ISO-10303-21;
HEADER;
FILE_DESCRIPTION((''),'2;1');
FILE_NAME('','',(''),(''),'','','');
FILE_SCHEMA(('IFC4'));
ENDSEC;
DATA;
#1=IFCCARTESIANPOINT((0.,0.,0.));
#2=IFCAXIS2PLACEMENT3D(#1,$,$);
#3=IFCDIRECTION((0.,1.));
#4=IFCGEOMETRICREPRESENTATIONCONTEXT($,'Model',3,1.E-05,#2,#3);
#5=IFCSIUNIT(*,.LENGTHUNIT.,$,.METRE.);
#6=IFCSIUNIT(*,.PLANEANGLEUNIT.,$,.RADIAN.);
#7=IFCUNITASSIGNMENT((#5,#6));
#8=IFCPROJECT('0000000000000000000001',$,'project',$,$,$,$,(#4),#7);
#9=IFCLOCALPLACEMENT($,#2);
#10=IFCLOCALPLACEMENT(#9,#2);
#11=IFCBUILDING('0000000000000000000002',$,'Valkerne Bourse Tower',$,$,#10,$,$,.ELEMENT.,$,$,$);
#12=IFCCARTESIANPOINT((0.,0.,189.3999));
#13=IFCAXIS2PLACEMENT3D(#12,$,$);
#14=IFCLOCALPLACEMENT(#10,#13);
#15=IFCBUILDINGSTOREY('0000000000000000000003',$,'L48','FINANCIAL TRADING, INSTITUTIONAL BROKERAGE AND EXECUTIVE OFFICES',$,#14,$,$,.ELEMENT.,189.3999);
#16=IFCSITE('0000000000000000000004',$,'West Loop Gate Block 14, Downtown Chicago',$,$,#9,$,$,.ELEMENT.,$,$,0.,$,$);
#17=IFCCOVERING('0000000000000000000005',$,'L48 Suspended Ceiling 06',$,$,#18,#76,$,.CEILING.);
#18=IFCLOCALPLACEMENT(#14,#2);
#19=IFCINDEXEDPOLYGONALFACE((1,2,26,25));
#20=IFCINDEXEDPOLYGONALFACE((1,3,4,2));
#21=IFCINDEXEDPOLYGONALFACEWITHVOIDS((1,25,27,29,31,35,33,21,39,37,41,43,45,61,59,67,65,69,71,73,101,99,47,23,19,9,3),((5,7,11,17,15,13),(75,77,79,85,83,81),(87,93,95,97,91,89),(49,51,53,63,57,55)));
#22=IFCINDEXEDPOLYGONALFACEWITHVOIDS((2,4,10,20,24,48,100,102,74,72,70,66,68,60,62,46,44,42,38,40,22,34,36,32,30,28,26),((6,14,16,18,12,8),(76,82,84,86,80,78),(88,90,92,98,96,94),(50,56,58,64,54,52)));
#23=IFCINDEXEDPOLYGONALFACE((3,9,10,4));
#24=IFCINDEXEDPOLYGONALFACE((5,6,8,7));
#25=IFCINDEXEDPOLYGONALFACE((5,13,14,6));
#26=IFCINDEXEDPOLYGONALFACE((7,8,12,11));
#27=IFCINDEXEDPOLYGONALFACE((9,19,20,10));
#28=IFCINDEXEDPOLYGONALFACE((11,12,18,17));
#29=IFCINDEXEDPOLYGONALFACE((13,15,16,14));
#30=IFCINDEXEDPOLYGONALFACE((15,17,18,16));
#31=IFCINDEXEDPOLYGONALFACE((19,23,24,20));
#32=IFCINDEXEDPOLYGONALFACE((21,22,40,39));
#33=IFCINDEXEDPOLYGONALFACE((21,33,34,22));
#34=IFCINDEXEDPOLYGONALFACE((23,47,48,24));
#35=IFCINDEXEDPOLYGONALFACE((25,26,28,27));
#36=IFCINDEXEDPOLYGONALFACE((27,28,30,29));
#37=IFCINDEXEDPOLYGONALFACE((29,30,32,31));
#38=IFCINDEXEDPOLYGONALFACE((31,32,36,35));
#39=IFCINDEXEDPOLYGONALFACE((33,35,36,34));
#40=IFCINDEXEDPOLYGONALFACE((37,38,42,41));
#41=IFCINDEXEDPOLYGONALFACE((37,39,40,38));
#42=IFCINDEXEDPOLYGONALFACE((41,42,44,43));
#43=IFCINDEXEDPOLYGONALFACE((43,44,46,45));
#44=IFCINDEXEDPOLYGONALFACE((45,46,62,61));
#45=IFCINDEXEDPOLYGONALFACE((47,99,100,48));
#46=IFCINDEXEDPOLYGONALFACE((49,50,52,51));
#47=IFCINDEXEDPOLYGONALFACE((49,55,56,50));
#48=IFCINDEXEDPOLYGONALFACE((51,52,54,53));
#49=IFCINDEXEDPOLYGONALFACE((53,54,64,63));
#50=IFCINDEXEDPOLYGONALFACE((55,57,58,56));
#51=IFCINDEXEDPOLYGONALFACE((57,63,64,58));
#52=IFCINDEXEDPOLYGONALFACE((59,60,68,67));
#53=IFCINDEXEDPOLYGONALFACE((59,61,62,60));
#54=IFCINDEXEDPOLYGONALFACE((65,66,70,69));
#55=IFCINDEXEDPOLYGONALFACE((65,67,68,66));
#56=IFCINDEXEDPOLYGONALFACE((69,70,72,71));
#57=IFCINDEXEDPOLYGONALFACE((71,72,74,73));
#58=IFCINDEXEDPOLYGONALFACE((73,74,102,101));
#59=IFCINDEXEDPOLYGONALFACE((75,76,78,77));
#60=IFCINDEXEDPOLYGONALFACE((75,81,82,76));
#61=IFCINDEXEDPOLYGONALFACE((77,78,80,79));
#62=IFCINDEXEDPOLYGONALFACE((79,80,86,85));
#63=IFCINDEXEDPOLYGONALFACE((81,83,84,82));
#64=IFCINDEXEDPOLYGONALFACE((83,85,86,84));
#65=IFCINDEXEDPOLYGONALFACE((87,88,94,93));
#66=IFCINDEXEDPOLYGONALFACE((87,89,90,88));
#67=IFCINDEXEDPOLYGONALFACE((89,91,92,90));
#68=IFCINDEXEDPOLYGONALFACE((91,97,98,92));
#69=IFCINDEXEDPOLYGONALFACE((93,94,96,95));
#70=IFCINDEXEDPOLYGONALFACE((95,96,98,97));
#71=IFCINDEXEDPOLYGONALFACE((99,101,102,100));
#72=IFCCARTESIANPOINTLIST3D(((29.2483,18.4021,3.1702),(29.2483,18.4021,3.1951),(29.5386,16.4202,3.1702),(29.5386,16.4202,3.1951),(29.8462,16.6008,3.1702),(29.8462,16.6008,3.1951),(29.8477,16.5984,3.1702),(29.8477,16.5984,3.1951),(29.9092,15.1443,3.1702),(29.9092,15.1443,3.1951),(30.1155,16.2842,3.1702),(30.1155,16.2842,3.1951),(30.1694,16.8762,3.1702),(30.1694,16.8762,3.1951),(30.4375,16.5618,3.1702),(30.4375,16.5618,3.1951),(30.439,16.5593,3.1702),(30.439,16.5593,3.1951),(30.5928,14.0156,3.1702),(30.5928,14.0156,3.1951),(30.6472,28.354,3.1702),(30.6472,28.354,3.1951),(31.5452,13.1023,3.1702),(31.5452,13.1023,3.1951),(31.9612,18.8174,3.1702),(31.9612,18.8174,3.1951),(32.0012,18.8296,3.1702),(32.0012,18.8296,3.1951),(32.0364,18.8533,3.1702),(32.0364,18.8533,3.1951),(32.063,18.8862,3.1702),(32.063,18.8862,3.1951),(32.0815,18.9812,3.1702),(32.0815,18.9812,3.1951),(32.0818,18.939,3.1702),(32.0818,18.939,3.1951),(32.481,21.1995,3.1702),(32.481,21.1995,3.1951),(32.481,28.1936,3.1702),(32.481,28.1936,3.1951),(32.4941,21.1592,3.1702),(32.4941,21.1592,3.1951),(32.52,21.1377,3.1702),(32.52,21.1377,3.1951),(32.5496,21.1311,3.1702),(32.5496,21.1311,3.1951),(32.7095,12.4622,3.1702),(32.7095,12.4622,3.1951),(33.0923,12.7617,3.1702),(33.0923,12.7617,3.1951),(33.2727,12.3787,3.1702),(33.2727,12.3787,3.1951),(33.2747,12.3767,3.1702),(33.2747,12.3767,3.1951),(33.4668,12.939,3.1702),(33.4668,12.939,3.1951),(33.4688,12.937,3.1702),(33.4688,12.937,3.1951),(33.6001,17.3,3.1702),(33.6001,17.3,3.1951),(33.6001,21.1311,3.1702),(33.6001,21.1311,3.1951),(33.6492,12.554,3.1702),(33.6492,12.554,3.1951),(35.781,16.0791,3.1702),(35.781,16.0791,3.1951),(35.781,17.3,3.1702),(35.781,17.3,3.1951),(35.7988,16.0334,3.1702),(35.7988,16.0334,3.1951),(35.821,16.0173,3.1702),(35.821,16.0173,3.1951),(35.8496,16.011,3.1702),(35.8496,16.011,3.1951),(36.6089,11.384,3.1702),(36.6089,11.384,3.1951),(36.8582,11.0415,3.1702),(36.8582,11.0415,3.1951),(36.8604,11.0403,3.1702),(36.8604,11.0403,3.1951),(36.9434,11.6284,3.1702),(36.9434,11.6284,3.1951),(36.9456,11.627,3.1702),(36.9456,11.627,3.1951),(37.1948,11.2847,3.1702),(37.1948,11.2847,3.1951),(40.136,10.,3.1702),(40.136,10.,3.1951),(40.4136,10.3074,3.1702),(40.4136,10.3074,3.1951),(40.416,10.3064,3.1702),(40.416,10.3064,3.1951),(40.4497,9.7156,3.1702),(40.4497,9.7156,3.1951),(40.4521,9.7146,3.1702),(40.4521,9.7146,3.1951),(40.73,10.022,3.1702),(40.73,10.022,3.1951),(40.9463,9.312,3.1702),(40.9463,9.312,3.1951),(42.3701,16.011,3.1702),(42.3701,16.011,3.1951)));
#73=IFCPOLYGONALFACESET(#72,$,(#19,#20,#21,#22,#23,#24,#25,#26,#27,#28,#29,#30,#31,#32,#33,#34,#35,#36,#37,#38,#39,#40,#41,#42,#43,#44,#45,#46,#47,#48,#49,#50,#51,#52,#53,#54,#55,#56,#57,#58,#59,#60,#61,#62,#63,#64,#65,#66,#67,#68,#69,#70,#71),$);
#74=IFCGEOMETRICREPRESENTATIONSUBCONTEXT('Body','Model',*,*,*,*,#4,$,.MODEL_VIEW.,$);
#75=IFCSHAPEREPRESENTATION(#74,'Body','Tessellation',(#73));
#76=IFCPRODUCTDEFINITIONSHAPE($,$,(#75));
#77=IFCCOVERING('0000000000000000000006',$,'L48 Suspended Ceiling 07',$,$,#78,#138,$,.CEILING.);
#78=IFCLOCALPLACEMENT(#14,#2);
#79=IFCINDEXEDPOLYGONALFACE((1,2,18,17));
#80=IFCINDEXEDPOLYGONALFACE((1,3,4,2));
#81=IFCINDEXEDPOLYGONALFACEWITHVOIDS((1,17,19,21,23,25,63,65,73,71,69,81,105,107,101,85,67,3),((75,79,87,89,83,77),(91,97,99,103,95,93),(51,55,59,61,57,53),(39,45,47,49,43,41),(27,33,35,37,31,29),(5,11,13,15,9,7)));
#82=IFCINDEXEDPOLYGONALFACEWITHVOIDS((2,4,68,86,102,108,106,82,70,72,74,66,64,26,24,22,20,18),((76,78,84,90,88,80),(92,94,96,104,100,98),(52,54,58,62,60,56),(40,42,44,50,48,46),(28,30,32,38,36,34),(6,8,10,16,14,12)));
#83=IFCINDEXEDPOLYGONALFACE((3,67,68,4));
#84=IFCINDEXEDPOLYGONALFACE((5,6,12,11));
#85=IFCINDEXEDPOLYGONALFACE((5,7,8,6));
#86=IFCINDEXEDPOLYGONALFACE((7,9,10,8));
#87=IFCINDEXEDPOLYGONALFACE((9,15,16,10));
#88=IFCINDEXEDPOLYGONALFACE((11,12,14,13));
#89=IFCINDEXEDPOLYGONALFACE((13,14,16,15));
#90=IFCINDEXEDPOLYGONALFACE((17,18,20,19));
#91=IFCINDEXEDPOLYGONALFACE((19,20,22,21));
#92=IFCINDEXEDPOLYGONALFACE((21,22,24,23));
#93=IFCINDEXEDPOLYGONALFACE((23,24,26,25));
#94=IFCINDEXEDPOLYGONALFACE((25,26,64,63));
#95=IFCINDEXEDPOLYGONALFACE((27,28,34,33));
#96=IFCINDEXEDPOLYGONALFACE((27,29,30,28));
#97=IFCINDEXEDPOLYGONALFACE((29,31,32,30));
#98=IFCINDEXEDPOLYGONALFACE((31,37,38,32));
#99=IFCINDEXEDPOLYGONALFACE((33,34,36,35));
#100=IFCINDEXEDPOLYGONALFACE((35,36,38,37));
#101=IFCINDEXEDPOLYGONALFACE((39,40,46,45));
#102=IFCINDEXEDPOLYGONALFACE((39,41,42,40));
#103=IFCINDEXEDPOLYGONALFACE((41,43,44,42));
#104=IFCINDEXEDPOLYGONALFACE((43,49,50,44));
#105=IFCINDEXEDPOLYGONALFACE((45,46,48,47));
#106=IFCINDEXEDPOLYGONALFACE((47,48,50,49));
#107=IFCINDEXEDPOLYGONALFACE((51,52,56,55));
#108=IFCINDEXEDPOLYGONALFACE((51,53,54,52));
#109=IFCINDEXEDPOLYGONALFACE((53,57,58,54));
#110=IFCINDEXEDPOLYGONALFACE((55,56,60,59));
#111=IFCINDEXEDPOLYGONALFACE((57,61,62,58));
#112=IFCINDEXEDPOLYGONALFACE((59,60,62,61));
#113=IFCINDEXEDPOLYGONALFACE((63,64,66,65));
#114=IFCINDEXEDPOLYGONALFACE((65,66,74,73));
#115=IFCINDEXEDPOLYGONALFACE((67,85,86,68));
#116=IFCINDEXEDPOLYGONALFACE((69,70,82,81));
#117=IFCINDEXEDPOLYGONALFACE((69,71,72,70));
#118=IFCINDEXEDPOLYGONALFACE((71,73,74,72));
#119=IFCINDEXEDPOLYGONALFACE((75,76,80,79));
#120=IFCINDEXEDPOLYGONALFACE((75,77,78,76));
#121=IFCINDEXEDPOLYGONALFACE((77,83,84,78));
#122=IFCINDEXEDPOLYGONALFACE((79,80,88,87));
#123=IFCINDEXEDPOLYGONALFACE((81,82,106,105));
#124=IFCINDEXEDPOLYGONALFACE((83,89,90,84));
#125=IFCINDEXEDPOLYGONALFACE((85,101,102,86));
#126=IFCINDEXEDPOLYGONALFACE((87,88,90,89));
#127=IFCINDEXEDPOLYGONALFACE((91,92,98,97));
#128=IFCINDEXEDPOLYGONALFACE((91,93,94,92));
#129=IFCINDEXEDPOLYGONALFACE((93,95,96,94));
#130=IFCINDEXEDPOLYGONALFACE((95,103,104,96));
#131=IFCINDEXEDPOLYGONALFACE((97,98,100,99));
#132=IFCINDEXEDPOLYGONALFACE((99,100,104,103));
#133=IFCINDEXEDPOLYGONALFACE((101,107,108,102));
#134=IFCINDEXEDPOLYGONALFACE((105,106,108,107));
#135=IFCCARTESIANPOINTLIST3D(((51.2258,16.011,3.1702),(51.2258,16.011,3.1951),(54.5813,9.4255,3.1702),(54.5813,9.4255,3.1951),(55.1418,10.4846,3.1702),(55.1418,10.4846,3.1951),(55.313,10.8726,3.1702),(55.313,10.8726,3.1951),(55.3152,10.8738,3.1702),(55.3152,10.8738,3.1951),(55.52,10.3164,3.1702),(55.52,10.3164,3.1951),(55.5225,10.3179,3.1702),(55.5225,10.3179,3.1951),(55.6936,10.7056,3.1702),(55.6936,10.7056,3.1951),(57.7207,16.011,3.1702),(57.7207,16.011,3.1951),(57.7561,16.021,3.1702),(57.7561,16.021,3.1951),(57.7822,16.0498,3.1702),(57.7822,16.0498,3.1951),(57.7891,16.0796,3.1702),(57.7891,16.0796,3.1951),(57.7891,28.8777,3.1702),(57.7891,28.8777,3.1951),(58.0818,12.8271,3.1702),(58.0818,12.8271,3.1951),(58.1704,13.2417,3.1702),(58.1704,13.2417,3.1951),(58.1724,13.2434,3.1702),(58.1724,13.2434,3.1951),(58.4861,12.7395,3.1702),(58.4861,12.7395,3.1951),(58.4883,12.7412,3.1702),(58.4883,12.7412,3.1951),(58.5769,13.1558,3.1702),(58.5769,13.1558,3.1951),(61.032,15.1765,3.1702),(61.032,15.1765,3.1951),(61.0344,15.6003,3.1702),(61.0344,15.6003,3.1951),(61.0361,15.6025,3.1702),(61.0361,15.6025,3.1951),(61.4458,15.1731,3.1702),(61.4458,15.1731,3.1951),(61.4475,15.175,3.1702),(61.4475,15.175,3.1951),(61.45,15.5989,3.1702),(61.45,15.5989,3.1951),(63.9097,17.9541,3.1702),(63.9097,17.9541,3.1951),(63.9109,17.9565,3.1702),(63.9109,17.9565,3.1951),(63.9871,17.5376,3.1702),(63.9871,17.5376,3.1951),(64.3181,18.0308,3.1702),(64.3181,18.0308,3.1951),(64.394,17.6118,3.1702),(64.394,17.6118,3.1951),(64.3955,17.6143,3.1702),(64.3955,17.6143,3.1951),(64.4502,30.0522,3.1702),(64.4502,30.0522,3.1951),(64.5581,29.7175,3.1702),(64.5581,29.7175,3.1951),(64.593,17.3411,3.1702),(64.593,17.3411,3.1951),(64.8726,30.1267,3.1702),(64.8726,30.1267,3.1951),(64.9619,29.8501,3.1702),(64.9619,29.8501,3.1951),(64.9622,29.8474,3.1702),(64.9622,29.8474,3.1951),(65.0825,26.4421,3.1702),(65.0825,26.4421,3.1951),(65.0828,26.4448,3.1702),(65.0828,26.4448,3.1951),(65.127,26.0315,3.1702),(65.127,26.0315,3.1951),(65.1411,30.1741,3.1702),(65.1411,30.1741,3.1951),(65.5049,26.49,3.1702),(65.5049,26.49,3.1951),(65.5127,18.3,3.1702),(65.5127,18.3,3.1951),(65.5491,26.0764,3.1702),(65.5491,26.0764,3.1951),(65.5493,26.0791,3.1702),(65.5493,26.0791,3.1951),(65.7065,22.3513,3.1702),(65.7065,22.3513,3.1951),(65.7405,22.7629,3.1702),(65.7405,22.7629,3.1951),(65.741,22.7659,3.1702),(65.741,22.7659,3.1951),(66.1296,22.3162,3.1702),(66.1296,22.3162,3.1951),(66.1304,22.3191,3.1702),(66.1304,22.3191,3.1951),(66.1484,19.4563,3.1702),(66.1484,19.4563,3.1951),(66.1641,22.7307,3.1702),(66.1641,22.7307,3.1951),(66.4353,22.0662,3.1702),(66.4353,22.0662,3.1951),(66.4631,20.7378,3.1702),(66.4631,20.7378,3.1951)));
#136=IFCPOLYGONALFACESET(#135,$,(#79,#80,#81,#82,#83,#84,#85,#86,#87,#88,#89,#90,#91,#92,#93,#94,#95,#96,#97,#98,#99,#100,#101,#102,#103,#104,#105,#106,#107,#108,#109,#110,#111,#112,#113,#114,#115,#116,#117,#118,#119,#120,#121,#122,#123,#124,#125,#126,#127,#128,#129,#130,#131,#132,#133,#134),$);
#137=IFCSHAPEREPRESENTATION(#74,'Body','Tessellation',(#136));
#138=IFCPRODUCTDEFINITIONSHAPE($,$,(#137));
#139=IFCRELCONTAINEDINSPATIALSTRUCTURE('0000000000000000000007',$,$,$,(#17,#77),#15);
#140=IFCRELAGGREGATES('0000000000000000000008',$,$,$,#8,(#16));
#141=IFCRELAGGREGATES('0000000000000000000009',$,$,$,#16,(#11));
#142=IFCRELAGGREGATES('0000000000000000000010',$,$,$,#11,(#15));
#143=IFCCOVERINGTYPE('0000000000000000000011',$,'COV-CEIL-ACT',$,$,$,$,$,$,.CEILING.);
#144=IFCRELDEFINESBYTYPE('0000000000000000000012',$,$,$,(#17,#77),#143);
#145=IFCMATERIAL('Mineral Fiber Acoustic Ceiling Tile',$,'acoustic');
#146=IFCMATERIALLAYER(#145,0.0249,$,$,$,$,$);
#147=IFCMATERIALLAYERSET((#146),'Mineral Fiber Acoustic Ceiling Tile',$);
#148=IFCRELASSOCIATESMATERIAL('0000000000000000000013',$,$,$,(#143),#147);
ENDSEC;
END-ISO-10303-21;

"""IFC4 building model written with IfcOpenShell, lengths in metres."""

from ifc_helpers import new_model, si_unit, direction, frame, origin, place, context, subcontext, project, spatial, polyline, outline, extrude, material, layer, layer_set, type_object, element, save


model = new_model("IFC4")

# Units and contexts
model_context = context("Model", 3, precision=1e-05, world=origin(), true_north=direction((0.0, 1.0)))
body_context = subcontext(model_context, "Body", "Model", "MODEL_VIEW")
ifc_project = project(units=[si_unit("LENGTHUNIT", "METRE"), si_unit("PLANEANGLEUNIT", "RADIAN")], contexts=[model_context])

# Site, building, storey
site_placement = place(None, origin())
site = spatial("IfcSite", under=ifc_project, at=site_placement, Name="West Loop Gate Block 14, Downtown Chicago", CompositionType="ELEMENT", RefElevation=0.0)
building_placement = place(site_placement, origin())
building = spatial("IfcBuilding", under=site, at=building_placement, Name="Valkerne Bourse Tower", CompositionType="ELEMENT")
storey_placement = place(building_placement, frame((0.0, 0.0, 189.3999)))
storey = spatial("IfcBuildingStorey", under=building, at=storey_placement, Name="L48", Description="FINANCIAL TRADING, INSTITUTIONAL BROKERAGE AND EXECUTIVE OFFICES", CompositionType="ELEMENT", Elevation=189.3999)

# Coverings
ifc_material_1 = material(Name="Mineral Fiber Acoustic Ceiling Tile", Category="acoustic")
ifc_layer_1 = layer(ifc_material_1, 0.0249)
ifc_layer_set_1 = layer_set([ifc_layer_1], Name="Mineral Fiber Acoustic Ceiling Tile")
covering_type_1 = type_object("IfcCoveringType", Name="COV-CEIL-ACT", PredefinedType="CEILING", material=ifc_layer_set_1)
covering_1_placement = place(storey_placement, frame((0.0, 0.0, 3.1702)))
element("IfcCovering", 1, at=covering_1_placement, inside=storey, type_object=covering_type_1, Name="L48 Suspended Ceiling 06", PredefinedType="CEILING", context=body_context, shape_type="SweptSolid", body=[
    extrude(outline(polyline([(30.5928, 14.0156), (29.9092, 15.1443), (29.5386, 16.4202), (29.2483, 18.4021), (31.9612, 18.8174), (32.0012, 18.8296), (32.0364, 18.8533), (32.063, 18.8862), (32.0818, 18.939), (32.0815, 18.9812), (30.6472, 28.354), (32.481, 28.1936), (32.481, 21.1995), (32.4941, 21.1592), (32.52, 21.1377), (32.5496, 21.1311), (33.6001, 21.1311), (33.6001, 17.3), (35.781, 17.3), (35.781, 16.0791), (35.7988, 16.0334), (35.821, 16.0173), (35.8496, 16.011), (42.3701, 16.011), (40.9463, 9.312), (32.7095, 12.4622), (31.5452, 13.1023), (30.5928, 14.0156)]), holes=[polyline([(36.9456, 11.627), (36.9434, 11.6284), (36.6089, 11.384), (36.8582, 11.0415), (36.8604, 11.0403), (37.1948, 11.2847), (36.9456, 11.627)]), polyline([(33.4688, 12.937), (33.4668, 12.939), (33.0923, 12.7617), (33.2727, 12.3787), (33.2747, 12.3767), (33.6492, 12.554), (33.4688, 12.937)]), polyline([(30.439, 16.5593), (30.4375, 16.5618), (30.1694, 16.8762), (29.8462, 16.6008), (29.8477, 16.5984), (30.1155, 16.2842), (30.439, 16.5593)]), polyline([(40.416, 10.3064), (40.4136, 10.3074), (40.136, 10.0), (40.4497, 9.7156), (40.4521, 9.7146), (40.73, 10.022), (40.416, 10.3064)])]), origin(), (0.0, 0.0, 1.0), 0.0249),
])
covering_2_placement = place(storey_placement, frame((0.0, 0.0, 3.1702)))
element("IfcCovering", 2, at=covering_2_placement, inside=storey, type_object=covering_type_1, Name="L48 Suspended Ceiling 07", PredefinedType="CEILING", context=body_context, shape_type="SweptSolid", body=[
    extrude(outline(polyline([(66.1484, 19.4563), (65.5127, 18.3), (64.593, 17.3411), (54.5813, 9.4255), (51.2258, 16.011), (57.7207, 16.011), (57.7561, 16.021), (57.7822, 16.0498), (57.7891, 16.0796), (57.7891, 28.8777), (64.4502, 30.0522), (64.5581, 29.7175), (64.9622, 29.8474), (64.9619, 29.8501), (64.8726, 30.1267), (65.1411, 30.1741), (66.4353, 22.0662), (66.4631, 20.7378), (66.1484, 19.4563)]), holes=[polyline([(55.5225, 10.3179), (55.6936, 10.7056), (55.3152, 10.8738), (55.313, 10.8726), (55.1418, 10.4846), (55.52, 10.3164), (55.5225, 10.3179)]), polyline([(58.4883, 12.7412), (58.5769, 13.1558), (58.1724, 13.2434), (58.1704, 13.2417), (58.0818, 12.8271), (58.4861, 12.7395), (58.4883, 12.7412)]), polyline([(61.45, 15.5989), (61.0361, 15.6025), (61.0344, 15.6003), (61.032, 15.1765), (61.4458, 15.1731), (61.4475, 15.175), (61.45, 15.5989)]), polyline([(64.3955, 17.6143), (64.3181, 18.0308), (63.9109, 17.9565), (63.9097, 17.9541), (63.9871, 17.5376), (64.394, 17.6118), (64.3955, 17.6143)]), polyline([(66.1641, 22.7307), (65.741, 22.7659), (65.7405, 22.7629), (65.7065, 22.3513), (66.1296, 22.3162), (66.1304, 22.3191), (66.1641, 22.7307)]), polyline([(65.5491, 26.0764), (65.5493, 26.0791), (65.5049, 26.49), (65.0828, 26.4448), (65.0825, 26.4421), (65.127, 26.0315), (65.5491, 26.0764)])]), origin(), (0.0, 0.0, 1.0), 0.0249),
])

save(model, "model.ifc")
